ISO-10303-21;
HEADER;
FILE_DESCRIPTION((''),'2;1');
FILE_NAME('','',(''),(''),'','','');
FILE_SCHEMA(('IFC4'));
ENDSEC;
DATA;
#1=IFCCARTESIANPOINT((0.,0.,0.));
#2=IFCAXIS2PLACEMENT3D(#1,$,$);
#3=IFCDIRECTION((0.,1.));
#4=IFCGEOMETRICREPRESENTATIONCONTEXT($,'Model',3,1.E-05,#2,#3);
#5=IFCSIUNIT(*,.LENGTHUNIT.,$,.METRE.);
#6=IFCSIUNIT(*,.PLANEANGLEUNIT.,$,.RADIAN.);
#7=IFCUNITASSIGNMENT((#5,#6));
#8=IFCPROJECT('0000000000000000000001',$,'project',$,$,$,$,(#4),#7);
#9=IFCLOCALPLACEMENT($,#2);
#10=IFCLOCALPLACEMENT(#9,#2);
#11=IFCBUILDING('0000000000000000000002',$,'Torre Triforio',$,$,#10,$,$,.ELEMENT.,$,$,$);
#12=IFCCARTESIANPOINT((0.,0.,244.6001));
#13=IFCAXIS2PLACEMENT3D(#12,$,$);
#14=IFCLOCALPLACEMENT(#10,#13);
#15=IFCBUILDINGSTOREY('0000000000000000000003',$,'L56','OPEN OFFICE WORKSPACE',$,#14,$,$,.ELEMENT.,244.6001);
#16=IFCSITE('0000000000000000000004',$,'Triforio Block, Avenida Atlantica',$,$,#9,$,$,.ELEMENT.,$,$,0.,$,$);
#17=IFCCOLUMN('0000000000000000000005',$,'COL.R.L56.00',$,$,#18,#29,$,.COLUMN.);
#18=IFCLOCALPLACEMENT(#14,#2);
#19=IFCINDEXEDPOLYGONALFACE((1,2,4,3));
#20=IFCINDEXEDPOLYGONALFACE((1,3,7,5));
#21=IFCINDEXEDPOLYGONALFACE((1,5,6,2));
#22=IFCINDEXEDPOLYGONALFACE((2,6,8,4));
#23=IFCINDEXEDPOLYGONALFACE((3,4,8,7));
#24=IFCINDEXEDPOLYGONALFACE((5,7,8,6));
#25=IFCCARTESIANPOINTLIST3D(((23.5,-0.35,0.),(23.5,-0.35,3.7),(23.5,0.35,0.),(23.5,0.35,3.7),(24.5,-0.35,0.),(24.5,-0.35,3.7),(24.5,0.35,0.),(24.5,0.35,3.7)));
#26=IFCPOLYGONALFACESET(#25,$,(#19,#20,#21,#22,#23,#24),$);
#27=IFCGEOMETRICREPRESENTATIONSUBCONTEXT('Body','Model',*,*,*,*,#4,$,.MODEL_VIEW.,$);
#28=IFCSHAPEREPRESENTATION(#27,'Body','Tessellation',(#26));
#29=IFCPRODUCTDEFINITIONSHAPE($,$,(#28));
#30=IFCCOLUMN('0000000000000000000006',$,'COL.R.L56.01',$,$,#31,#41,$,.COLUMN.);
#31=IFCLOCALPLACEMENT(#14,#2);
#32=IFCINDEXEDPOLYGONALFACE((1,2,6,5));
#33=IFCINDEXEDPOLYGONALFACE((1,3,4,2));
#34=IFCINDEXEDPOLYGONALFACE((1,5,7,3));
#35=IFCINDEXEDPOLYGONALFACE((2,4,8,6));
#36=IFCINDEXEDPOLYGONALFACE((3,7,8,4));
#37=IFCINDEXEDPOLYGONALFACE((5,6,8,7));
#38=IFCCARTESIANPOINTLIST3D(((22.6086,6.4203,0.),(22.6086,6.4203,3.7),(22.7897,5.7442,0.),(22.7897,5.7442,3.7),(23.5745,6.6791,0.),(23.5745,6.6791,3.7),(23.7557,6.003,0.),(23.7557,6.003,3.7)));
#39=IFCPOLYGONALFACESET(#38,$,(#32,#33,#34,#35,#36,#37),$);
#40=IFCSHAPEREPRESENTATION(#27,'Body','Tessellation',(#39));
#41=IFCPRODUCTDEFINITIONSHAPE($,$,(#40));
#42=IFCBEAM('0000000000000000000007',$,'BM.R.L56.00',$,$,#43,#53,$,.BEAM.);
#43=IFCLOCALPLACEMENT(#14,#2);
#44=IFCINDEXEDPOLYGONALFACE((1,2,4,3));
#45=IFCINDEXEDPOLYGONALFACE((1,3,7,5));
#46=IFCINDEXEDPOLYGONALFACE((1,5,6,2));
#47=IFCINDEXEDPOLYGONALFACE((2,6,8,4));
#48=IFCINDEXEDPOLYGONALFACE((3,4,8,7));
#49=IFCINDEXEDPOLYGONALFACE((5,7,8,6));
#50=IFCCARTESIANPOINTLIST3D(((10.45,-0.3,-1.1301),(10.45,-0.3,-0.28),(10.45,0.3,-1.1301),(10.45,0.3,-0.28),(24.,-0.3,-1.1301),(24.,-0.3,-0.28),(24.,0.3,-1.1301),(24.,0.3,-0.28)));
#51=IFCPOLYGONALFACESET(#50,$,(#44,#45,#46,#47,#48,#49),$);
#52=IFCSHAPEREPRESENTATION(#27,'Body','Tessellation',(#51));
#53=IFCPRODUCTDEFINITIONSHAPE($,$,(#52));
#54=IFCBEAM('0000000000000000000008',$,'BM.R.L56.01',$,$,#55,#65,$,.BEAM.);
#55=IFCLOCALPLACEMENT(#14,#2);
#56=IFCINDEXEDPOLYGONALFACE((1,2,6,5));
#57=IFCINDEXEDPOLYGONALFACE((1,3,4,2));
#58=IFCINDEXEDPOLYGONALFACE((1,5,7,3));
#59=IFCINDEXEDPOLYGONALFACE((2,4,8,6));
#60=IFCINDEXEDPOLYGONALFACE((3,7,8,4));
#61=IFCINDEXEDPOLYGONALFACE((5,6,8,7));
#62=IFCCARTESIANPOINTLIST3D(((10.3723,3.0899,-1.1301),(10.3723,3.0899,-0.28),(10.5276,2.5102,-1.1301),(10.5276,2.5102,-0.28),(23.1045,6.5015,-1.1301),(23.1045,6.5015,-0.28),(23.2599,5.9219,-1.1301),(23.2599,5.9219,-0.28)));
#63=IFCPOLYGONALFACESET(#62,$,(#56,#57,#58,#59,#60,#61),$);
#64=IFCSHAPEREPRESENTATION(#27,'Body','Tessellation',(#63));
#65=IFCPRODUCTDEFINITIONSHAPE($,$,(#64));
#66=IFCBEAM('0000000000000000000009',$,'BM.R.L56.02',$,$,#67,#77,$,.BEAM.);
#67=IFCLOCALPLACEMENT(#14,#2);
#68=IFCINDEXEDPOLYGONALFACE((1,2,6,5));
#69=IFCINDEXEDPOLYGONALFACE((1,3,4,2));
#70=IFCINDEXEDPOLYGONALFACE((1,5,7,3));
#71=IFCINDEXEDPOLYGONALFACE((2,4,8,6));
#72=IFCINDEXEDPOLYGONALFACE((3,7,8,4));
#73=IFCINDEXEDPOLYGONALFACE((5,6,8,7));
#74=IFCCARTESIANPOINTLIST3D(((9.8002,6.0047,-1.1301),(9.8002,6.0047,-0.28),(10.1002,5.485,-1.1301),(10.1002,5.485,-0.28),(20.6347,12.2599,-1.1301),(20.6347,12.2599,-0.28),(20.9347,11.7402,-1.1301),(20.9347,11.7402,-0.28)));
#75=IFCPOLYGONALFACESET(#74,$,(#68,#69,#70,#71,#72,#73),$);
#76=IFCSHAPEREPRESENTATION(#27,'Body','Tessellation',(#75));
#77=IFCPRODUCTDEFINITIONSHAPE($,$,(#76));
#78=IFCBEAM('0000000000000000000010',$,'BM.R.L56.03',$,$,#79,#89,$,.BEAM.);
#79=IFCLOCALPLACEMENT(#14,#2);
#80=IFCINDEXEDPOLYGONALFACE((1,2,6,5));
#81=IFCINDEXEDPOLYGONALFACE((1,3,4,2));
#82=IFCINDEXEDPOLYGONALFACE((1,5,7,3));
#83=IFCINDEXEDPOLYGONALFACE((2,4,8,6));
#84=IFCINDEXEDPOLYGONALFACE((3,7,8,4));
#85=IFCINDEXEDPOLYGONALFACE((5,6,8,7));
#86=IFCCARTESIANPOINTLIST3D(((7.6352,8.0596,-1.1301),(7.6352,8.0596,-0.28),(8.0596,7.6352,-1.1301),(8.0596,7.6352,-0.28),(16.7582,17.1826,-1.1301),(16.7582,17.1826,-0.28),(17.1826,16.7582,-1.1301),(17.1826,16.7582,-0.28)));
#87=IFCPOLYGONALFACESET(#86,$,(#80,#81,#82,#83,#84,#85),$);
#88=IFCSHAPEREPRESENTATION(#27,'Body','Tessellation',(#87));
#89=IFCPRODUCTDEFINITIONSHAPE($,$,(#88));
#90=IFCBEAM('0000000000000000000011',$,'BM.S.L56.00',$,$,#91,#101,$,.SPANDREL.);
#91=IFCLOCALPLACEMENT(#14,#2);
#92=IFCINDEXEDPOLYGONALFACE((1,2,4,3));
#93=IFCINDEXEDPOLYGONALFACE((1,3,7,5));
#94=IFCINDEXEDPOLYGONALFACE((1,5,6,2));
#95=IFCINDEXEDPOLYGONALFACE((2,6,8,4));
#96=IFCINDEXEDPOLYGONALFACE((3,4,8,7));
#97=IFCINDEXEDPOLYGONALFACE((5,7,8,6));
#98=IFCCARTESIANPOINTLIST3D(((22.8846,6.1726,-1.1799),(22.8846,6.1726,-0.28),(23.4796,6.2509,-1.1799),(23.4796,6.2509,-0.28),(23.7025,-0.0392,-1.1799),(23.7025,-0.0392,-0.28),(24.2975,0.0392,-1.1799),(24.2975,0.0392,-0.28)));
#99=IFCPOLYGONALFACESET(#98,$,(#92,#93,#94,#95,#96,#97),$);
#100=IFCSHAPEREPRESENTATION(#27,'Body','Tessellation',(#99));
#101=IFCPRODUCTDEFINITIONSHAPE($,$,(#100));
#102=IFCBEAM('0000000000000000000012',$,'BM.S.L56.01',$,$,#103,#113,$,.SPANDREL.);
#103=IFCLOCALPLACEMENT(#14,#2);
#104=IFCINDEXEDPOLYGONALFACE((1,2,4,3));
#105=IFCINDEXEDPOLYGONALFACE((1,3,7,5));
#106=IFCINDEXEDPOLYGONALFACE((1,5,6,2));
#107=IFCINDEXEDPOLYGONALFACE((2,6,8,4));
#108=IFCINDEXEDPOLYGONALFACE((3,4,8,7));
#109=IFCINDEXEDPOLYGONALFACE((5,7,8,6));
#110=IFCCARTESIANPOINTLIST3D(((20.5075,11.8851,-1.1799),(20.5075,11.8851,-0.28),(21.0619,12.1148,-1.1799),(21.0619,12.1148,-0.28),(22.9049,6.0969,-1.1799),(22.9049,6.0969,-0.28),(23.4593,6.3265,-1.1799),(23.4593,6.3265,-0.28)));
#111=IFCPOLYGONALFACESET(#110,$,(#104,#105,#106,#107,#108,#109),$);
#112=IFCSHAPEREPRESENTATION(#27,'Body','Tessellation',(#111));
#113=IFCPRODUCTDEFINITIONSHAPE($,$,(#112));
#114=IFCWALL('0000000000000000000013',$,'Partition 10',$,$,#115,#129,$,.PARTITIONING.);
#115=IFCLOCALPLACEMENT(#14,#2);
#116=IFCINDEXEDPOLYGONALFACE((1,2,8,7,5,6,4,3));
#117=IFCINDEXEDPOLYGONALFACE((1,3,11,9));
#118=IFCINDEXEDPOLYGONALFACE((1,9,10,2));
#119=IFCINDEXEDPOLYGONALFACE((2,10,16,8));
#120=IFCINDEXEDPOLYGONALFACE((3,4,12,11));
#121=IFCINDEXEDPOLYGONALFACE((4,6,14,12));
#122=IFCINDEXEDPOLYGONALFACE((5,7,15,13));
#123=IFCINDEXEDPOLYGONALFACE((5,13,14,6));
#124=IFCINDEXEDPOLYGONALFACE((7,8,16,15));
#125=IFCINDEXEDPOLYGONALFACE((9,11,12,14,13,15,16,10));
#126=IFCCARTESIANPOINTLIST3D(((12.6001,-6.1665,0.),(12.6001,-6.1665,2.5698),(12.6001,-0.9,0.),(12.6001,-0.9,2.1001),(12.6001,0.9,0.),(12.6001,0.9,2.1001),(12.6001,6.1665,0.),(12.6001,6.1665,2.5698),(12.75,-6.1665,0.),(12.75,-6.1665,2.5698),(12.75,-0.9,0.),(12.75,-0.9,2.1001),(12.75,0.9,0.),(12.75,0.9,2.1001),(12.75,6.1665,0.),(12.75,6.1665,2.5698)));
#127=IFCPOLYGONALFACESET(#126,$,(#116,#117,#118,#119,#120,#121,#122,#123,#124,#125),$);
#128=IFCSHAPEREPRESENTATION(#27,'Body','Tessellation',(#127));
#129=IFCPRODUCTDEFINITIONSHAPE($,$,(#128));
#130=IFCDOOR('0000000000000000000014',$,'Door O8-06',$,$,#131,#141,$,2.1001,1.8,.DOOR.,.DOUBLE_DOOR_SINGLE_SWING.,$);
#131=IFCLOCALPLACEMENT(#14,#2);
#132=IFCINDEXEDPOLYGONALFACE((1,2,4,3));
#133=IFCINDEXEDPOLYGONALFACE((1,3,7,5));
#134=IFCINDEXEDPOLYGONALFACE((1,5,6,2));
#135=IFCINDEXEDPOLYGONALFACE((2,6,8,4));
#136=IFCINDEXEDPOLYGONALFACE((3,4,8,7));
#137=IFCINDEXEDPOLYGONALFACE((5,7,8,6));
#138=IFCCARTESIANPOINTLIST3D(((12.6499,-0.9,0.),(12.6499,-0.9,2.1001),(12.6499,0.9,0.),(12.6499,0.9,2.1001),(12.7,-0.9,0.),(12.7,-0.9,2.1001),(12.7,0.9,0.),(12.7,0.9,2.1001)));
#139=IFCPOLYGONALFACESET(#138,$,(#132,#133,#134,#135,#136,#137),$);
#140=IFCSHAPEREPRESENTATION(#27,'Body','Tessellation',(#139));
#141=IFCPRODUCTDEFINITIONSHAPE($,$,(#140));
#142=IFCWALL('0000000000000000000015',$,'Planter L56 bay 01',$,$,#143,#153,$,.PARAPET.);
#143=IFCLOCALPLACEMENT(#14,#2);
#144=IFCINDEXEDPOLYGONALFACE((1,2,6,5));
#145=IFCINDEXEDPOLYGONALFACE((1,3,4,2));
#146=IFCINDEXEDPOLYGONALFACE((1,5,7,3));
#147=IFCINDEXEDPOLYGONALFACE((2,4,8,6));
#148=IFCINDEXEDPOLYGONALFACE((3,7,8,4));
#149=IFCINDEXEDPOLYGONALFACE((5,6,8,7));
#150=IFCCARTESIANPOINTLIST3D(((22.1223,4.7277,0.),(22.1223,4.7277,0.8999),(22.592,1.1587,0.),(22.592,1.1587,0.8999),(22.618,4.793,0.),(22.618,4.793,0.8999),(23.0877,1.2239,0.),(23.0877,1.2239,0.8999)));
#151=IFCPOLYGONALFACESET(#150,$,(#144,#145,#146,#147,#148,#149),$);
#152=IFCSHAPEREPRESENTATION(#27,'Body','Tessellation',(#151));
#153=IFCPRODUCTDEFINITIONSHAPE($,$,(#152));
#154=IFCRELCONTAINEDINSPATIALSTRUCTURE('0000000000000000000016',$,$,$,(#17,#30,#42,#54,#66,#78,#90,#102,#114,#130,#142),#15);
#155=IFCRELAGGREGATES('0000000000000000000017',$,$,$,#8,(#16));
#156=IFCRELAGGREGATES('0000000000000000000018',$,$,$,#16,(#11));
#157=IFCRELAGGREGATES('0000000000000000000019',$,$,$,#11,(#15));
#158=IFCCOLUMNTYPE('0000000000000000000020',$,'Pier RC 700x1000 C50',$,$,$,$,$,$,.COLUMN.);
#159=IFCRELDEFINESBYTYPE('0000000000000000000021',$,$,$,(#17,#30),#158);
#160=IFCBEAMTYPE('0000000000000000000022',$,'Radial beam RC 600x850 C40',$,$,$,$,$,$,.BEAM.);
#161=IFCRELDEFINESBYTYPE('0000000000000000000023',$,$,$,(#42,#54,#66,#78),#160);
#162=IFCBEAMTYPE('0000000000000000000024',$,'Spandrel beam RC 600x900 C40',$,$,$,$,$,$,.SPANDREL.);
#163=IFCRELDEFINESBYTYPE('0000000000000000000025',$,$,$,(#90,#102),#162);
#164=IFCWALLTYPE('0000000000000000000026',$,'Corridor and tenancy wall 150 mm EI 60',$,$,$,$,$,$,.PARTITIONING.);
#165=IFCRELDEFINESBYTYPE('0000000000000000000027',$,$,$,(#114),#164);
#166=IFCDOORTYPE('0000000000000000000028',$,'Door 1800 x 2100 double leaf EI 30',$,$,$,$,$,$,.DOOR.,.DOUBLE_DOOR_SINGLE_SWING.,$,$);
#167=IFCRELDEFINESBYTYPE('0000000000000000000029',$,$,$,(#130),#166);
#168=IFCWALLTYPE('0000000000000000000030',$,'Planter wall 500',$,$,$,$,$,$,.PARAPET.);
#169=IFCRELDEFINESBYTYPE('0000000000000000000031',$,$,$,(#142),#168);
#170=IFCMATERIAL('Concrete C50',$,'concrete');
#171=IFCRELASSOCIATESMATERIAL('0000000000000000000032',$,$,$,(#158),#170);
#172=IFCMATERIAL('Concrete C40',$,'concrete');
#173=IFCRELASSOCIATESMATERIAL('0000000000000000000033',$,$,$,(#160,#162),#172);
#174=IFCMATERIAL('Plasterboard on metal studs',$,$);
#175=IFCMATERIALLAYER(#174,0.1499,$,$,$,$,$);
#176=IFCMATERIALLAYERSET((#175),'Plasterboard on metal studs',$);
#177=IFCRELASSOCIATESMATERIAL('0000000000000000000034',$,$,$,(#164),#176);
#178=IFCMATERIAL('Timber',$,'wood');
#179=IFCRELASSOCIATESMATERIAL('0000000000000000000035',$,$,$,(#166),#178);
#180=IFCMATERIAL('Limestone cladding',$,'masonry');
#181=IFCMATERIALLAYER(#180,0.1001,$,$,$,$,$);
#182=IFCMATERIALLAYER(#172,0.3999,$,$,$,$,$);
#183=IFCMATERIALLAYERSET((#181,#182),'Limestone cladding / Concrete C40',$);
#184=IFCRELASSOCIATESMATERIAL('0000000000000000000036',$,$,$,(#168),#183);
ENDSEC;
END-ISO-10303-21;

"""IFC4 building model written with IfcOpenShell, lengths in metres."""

from ifc_helpers import new_model, si_unit, direction, frame, frame_2d, origin, origin_2d, place, context, subcontext, project, spatial, rectangle, extrude, material, layer, layer_set, material_profile, profile_set, type_object, element, fill, save


model = new_model("IFC4")

# Units and contexts
model_context = context("Model", 3, precision=1e-05, world=origin(), true_north=direction((0.0, 1.0)))
body_context = subcontext(model_context, "Body", "Model", "MODEL_VIEW")
ifc_project = project(units=[si_unit("LENGTHUNIT", "METRE"), si_unit("PLANEANGLEUNIT", "RADIAN")], contexts=[model_context])

# Site, building, storey
site_placement = place(None, origin())
site = spatial("IfcSite", under=ifc_project, at=site_placement, Name="Triforio Block, Avenida Atlantica", CompositionType="ELEMENT", RefElevation=0.0)
building_placement = place(site_placement, origin())
building = spatial("IfcBuilding", under=site, at=building_placement, Name="Torre Triforio", CompositionType="ELEMENT")
storey_placement = place(building_placement, frame((0.0, 0.0, 244.6001)))
storey = spatial("IfcBuildingStorey", under=building, at=storey_placement, Name="L56", Description="OPEN OFFICE WORKSPACE", CompositionType="ELEMENT", Elevation=244.6001)

# Columns
ifc_material_1 = material(Name="Concrete C50", Category="concrete")
ifc_material_profile_1 = material_profile(ifc_material_1, rectangle(XDim=0.7, YDim=1.0, at=origin_2d()), Name="RC 700x1000")
ifc_profile_set_1 = profile_set([ifc_material_profile_1], Name="Concrete C50")
column_type = type_object("IfcColumnType", Name="Pier RC 700x1000 C50", PredefinedType="COLUMN", material=ifc_profile_set_1)
for number, where, z_axis, x_axis, name in (
    (1, (24.0, 0.0, 0.0), (0.0, 0.0, 1.0), (0.0, 1.0, 0.0), "COL.R.L56.00"),
    (2, (23.1821, 6.2117, 0.0), (0.0, 0.0, 1.0), (-0.258819, 0.965926, 0.0), "COL.R.L56.01"),
):
    element("IfcColumn", number, at=place(storey_placement, frame(where, z_axis=z_axis, x_axis=x_axis)), inside=storey, type_object=column_type, Name=name, PredefinedType="COLUMN", context=body_context, shape_type="SweptSolid", body=[
        extrude(rectangle(XDim=0.7, YDim=1.0, at=origin_2d()), origin(), (0.0, 0.0, 1.0), 3.7),
    ])

# Beams
ifc_material_2 = material(Name="Concrete C40", Category="concrete")
ifc_material_profile_2 = material_profile(ifc_material_2, rectangle(XDim=0.6001, YDim=0.8501, at=origin_2d()), Name="RC 600x850")
ifc_profile_set_2 = profile_set([ifc_material_profile_2], Name="Concrete C40")
beam_type_1 = type_object("IfcBeamType", Name="Radial beam RC 600x850 C40", PredefinedType="BEAM", material=ifc_profile_set_2)
beam_1_placement = place(storey_placement, frame((10.45, 0.0, -0.7051), z_axis=(1.0, 0.0, 0.0), x_axis=(0.0, 1.0, 0.0)))
element("IfcBeam", 3, at=beam_1_placement, inside=storey, type_object=beam_type_1, Name="BM.R.L56.00", PredefinedType="BEAM", context=body_context, shape_type="SweptSolid", body=[
    extrude(rectangle(XDim=0.6001, YDim=0.8501, at=origin_2d()), origin(), (0.0, 0.0, 1.0), 13.55),
])
beam_2_placement = place(storey_placement, frame((10.45, 2.8, -0.7051), z_axis=(0.965925, 0.258822, 0.0), x_axis=(-0.258822, 0.965925, 0.0)))
element("IfcBeam", 4, at=beam_2_placement, inside=storey, type_object=beam_type_1, Name="BM.R.L56.01", PredefinedType="BEAM", context=body_context, shape_type="SweptSolid", body=[
    extrude(rectangle(XDim=0.6001, YDim=0.8501, at=origin_2d()), origin(), (0.0, 0.0, 1.0), 13.1814),
])
beam_3_placement = place(storey_placement, frame((9.9502, 5.7449, -0.7051), z_axis=(0.866031, 0.49999, 0.0), x_axis=(-0.49999, 0.866031, 0.0)))
element("IfcBeam", 5, at=beam_3_placement, inside=storey, type_object=beam_type_1, Name="BM.R.L56.02", PredefinedType="BEAM", context=body_context, shape_type="SweptSolid", body=[
    extrude(rectangle(XDim=0.6001, YDim=0.8501, at=origin_2d()), origin(), (0.0, 0.0, 1.0), 12.5105),
])
beam_4_placement = place(storey_placement, frame((7.8474, 7.8474, -0.7051), z_axis=(0.707107, 0.707107, 0.0), x_axis=(-0.707107, 0.707107, 0.0)))
element("IfcBeam", 6, at=beam_4_placement, inside=storey, type_object=beam_type_1, Name="BM.R.L56.03", PredefinedType="BEAM", context=body_context, shape_type="SweptSolid", body=[
    extrude(rectangle(XDim=0.6001, YDim=0.8501, at=origin_2d()), origin(), (0.0, 0.0, 1.0), 12.9019),
])
ifc_material_profile_3 = material_profile(ifc_material_2, rectangle(XDim=0.6001, YDim=0.8999, at=origin_2d()), Name="RC 600x900")
ifc_profile_set_3 = profile_set([ifc_material_profile_3], Name="Concrete C40")
beam_type_2 = type_object("IfcBeamType", Name="Spandrel beam RC 600x900 C40", PredefinedType="SPANDREL", material=ifc_profile_set_3)
beam_5_placement = place(storey_placement, frame((24.0, 0.0, -0.73), z_axis=(-0.13054, 0.991443, 0.0), x_axis=(-0.991443, -0.13054, 0.0)))
element("IfcBeam", 7, at=beam_5_placement, inside=storey, type_object=beam_type_2, Name="BM.S.L56.00", PredefinedType="SPANDREL", context=body_context, shape_type="SweptSolid", body=[
    extrude(rectangle(XDim=0.6001, YDim=0.8999, at=origin_2d()), origin(), (0.0, 0.0, 1.0), 6.2654),
])
beam_6_placement = place(storey_placement, frame((23.1821, 6.2117, -0.73), z_axis=(-0.382664, 0.923888, 0.0), x_axis=(-0.923888, -0.382664, 0.0)))
element("IfcBeam", 8, at=beam_6_placement, inside=storey, type_object=beam_type_2, Name="BM.S.L56.01", PredefinedType="SPANDREL", context=body_context, shape_type="SweptSolid", body=[
    extrude(rectangle(XDim=0.6001, YDim=0.8999, at=origin_2d()), origin(), (0.0, 0.0, 1.0), 6.2651),
])

# Wall, opening, door
ifc_material_3 = material(Name="Plasterboard on metal studs")
ifc_layer_1 = layer(ifc_material_3, 0.1499)
ifc_layer_set_1 = layer_set([ifc_layer_1], Name="Plasterboard on metal studs")
wall_type_1 = type_object("IfcWallType", Name="Corridor and tenancy wall 150 mm EI 60", PredefinedType="PARTITIONING", material=ifc_layer_set_1)
wall_1_placement = place(storey_placement, frame((12.675, 6.1665, 0.0), z_axis=(0.0, 0.0, 1.0), x_axis=(0.0, -1.0, 0.0)))
wall_1 = element("IfcWall", 9, at=wall_1_placement, inside=storey, type_object=wall_type_1, Name="Partition 10", PredefinedType="PARTITIONING", context=body_context, shape_type="SweptSolid", body=[
    extrude(rectangle(XDim=12.333, YDim=0.1499, at=frame_2d((6.1665, 0.0))), origin(), (0.0, 0.0, 1.0), 2.5698),
])
opening_1_placement = place(wall_1_placement, frame((5.2666, 0.0, 0.0)))
opening_1 = element("IfcOpeningElement", 10, at=opening_1_placement, cuts=wall_1, PredefinedType="OPENING", context=body_context, shape_type="SweptSolid", body=[
    extrude(rectangle(XDim=1.8, YDim=2.1001, at=frame_2d((0.8999, 1.05))), frame((0.0, 0.085, 0.0), z_axis=(0.0, -1.0, 0.0), x_axis=(1.0, 0.0, 0.0)), (0.0, 0.0, 1.0), 0.1699),
])
ifc_material_4 = material(Name="Timber", Category="wood")
door_type_1 = type_object("IfcDoorType", Name="Door 1800 x 2100 double leaf EI 30", OperationType="DOUBLE_DOOR_SINGLE_SWING", PredefinedType="DOOR", material=ifc_material_4)
door_1_placement = place(opening_1_placement, origin())
door_1 = element("IfcDoor", 11, at=door_1_placement, inside=storey, type_object=door_type_1, Name="Door O8-06", OperationType="DOUBLE_DOOR_SINGLE_SWING", OverallHeight=2.1001, OverallWidth=1.8, PredefinedType="DOOR", context=body_context, shape_type="SweptSolid", body=[
    extrude(rectangle(XDim=1.8, YDim=2.1001, at=frame_2d((0.8999, 1.05))), frame((0.0, 0.0249, 0.0), z_axis=(0.0, -1.0, 0.0), x_axis=(1.0, 0.0, 0.0)), (0.0, 0.0, 1.0), 0.05),
])
fill(opening_1, door_1)

# Wall
ifc_material_5 = material(Name="Limestone cladding", Category="masonry")
ifc_layer_2 = layer(ifc_material_5, 0.1001)
ifc_layer_3 = layer(ifc_material_2, 0.3999)
ifc_layer_set_2 = layer_set([ifc_layer_2, ifc_layer_3], Name="Limestone cladding / Concrete C40")
wall_type_2 = type_object("IfcWallType", Name="Planter wall 500", PredefinedType="PARAPET", material=ifc_layer_set_2)
wall_2_placement = place(storey_placement, frame((22.8398, 1.1914, 0.0), z_axis=(0.0, 0.0, 1.0), x_axis=(-0.130484, 0.99145, 0.0)))
element("IfcWall", 12, at=wall_2_placement, inside=storey, type_object=wall_type_2, Name="Planter L56 bay 01", PredefinedType="PARAPET", context=body_context, shape_type="SweptSolid", body=[
    extrude(rectangle(XDim=3.5999, YDim=0.5, at=frame_2d((1.7998, 0.0))), origin(), (0.0, 0.0, 1.0), 0.8999),
])

save(model, "model.ifc")
